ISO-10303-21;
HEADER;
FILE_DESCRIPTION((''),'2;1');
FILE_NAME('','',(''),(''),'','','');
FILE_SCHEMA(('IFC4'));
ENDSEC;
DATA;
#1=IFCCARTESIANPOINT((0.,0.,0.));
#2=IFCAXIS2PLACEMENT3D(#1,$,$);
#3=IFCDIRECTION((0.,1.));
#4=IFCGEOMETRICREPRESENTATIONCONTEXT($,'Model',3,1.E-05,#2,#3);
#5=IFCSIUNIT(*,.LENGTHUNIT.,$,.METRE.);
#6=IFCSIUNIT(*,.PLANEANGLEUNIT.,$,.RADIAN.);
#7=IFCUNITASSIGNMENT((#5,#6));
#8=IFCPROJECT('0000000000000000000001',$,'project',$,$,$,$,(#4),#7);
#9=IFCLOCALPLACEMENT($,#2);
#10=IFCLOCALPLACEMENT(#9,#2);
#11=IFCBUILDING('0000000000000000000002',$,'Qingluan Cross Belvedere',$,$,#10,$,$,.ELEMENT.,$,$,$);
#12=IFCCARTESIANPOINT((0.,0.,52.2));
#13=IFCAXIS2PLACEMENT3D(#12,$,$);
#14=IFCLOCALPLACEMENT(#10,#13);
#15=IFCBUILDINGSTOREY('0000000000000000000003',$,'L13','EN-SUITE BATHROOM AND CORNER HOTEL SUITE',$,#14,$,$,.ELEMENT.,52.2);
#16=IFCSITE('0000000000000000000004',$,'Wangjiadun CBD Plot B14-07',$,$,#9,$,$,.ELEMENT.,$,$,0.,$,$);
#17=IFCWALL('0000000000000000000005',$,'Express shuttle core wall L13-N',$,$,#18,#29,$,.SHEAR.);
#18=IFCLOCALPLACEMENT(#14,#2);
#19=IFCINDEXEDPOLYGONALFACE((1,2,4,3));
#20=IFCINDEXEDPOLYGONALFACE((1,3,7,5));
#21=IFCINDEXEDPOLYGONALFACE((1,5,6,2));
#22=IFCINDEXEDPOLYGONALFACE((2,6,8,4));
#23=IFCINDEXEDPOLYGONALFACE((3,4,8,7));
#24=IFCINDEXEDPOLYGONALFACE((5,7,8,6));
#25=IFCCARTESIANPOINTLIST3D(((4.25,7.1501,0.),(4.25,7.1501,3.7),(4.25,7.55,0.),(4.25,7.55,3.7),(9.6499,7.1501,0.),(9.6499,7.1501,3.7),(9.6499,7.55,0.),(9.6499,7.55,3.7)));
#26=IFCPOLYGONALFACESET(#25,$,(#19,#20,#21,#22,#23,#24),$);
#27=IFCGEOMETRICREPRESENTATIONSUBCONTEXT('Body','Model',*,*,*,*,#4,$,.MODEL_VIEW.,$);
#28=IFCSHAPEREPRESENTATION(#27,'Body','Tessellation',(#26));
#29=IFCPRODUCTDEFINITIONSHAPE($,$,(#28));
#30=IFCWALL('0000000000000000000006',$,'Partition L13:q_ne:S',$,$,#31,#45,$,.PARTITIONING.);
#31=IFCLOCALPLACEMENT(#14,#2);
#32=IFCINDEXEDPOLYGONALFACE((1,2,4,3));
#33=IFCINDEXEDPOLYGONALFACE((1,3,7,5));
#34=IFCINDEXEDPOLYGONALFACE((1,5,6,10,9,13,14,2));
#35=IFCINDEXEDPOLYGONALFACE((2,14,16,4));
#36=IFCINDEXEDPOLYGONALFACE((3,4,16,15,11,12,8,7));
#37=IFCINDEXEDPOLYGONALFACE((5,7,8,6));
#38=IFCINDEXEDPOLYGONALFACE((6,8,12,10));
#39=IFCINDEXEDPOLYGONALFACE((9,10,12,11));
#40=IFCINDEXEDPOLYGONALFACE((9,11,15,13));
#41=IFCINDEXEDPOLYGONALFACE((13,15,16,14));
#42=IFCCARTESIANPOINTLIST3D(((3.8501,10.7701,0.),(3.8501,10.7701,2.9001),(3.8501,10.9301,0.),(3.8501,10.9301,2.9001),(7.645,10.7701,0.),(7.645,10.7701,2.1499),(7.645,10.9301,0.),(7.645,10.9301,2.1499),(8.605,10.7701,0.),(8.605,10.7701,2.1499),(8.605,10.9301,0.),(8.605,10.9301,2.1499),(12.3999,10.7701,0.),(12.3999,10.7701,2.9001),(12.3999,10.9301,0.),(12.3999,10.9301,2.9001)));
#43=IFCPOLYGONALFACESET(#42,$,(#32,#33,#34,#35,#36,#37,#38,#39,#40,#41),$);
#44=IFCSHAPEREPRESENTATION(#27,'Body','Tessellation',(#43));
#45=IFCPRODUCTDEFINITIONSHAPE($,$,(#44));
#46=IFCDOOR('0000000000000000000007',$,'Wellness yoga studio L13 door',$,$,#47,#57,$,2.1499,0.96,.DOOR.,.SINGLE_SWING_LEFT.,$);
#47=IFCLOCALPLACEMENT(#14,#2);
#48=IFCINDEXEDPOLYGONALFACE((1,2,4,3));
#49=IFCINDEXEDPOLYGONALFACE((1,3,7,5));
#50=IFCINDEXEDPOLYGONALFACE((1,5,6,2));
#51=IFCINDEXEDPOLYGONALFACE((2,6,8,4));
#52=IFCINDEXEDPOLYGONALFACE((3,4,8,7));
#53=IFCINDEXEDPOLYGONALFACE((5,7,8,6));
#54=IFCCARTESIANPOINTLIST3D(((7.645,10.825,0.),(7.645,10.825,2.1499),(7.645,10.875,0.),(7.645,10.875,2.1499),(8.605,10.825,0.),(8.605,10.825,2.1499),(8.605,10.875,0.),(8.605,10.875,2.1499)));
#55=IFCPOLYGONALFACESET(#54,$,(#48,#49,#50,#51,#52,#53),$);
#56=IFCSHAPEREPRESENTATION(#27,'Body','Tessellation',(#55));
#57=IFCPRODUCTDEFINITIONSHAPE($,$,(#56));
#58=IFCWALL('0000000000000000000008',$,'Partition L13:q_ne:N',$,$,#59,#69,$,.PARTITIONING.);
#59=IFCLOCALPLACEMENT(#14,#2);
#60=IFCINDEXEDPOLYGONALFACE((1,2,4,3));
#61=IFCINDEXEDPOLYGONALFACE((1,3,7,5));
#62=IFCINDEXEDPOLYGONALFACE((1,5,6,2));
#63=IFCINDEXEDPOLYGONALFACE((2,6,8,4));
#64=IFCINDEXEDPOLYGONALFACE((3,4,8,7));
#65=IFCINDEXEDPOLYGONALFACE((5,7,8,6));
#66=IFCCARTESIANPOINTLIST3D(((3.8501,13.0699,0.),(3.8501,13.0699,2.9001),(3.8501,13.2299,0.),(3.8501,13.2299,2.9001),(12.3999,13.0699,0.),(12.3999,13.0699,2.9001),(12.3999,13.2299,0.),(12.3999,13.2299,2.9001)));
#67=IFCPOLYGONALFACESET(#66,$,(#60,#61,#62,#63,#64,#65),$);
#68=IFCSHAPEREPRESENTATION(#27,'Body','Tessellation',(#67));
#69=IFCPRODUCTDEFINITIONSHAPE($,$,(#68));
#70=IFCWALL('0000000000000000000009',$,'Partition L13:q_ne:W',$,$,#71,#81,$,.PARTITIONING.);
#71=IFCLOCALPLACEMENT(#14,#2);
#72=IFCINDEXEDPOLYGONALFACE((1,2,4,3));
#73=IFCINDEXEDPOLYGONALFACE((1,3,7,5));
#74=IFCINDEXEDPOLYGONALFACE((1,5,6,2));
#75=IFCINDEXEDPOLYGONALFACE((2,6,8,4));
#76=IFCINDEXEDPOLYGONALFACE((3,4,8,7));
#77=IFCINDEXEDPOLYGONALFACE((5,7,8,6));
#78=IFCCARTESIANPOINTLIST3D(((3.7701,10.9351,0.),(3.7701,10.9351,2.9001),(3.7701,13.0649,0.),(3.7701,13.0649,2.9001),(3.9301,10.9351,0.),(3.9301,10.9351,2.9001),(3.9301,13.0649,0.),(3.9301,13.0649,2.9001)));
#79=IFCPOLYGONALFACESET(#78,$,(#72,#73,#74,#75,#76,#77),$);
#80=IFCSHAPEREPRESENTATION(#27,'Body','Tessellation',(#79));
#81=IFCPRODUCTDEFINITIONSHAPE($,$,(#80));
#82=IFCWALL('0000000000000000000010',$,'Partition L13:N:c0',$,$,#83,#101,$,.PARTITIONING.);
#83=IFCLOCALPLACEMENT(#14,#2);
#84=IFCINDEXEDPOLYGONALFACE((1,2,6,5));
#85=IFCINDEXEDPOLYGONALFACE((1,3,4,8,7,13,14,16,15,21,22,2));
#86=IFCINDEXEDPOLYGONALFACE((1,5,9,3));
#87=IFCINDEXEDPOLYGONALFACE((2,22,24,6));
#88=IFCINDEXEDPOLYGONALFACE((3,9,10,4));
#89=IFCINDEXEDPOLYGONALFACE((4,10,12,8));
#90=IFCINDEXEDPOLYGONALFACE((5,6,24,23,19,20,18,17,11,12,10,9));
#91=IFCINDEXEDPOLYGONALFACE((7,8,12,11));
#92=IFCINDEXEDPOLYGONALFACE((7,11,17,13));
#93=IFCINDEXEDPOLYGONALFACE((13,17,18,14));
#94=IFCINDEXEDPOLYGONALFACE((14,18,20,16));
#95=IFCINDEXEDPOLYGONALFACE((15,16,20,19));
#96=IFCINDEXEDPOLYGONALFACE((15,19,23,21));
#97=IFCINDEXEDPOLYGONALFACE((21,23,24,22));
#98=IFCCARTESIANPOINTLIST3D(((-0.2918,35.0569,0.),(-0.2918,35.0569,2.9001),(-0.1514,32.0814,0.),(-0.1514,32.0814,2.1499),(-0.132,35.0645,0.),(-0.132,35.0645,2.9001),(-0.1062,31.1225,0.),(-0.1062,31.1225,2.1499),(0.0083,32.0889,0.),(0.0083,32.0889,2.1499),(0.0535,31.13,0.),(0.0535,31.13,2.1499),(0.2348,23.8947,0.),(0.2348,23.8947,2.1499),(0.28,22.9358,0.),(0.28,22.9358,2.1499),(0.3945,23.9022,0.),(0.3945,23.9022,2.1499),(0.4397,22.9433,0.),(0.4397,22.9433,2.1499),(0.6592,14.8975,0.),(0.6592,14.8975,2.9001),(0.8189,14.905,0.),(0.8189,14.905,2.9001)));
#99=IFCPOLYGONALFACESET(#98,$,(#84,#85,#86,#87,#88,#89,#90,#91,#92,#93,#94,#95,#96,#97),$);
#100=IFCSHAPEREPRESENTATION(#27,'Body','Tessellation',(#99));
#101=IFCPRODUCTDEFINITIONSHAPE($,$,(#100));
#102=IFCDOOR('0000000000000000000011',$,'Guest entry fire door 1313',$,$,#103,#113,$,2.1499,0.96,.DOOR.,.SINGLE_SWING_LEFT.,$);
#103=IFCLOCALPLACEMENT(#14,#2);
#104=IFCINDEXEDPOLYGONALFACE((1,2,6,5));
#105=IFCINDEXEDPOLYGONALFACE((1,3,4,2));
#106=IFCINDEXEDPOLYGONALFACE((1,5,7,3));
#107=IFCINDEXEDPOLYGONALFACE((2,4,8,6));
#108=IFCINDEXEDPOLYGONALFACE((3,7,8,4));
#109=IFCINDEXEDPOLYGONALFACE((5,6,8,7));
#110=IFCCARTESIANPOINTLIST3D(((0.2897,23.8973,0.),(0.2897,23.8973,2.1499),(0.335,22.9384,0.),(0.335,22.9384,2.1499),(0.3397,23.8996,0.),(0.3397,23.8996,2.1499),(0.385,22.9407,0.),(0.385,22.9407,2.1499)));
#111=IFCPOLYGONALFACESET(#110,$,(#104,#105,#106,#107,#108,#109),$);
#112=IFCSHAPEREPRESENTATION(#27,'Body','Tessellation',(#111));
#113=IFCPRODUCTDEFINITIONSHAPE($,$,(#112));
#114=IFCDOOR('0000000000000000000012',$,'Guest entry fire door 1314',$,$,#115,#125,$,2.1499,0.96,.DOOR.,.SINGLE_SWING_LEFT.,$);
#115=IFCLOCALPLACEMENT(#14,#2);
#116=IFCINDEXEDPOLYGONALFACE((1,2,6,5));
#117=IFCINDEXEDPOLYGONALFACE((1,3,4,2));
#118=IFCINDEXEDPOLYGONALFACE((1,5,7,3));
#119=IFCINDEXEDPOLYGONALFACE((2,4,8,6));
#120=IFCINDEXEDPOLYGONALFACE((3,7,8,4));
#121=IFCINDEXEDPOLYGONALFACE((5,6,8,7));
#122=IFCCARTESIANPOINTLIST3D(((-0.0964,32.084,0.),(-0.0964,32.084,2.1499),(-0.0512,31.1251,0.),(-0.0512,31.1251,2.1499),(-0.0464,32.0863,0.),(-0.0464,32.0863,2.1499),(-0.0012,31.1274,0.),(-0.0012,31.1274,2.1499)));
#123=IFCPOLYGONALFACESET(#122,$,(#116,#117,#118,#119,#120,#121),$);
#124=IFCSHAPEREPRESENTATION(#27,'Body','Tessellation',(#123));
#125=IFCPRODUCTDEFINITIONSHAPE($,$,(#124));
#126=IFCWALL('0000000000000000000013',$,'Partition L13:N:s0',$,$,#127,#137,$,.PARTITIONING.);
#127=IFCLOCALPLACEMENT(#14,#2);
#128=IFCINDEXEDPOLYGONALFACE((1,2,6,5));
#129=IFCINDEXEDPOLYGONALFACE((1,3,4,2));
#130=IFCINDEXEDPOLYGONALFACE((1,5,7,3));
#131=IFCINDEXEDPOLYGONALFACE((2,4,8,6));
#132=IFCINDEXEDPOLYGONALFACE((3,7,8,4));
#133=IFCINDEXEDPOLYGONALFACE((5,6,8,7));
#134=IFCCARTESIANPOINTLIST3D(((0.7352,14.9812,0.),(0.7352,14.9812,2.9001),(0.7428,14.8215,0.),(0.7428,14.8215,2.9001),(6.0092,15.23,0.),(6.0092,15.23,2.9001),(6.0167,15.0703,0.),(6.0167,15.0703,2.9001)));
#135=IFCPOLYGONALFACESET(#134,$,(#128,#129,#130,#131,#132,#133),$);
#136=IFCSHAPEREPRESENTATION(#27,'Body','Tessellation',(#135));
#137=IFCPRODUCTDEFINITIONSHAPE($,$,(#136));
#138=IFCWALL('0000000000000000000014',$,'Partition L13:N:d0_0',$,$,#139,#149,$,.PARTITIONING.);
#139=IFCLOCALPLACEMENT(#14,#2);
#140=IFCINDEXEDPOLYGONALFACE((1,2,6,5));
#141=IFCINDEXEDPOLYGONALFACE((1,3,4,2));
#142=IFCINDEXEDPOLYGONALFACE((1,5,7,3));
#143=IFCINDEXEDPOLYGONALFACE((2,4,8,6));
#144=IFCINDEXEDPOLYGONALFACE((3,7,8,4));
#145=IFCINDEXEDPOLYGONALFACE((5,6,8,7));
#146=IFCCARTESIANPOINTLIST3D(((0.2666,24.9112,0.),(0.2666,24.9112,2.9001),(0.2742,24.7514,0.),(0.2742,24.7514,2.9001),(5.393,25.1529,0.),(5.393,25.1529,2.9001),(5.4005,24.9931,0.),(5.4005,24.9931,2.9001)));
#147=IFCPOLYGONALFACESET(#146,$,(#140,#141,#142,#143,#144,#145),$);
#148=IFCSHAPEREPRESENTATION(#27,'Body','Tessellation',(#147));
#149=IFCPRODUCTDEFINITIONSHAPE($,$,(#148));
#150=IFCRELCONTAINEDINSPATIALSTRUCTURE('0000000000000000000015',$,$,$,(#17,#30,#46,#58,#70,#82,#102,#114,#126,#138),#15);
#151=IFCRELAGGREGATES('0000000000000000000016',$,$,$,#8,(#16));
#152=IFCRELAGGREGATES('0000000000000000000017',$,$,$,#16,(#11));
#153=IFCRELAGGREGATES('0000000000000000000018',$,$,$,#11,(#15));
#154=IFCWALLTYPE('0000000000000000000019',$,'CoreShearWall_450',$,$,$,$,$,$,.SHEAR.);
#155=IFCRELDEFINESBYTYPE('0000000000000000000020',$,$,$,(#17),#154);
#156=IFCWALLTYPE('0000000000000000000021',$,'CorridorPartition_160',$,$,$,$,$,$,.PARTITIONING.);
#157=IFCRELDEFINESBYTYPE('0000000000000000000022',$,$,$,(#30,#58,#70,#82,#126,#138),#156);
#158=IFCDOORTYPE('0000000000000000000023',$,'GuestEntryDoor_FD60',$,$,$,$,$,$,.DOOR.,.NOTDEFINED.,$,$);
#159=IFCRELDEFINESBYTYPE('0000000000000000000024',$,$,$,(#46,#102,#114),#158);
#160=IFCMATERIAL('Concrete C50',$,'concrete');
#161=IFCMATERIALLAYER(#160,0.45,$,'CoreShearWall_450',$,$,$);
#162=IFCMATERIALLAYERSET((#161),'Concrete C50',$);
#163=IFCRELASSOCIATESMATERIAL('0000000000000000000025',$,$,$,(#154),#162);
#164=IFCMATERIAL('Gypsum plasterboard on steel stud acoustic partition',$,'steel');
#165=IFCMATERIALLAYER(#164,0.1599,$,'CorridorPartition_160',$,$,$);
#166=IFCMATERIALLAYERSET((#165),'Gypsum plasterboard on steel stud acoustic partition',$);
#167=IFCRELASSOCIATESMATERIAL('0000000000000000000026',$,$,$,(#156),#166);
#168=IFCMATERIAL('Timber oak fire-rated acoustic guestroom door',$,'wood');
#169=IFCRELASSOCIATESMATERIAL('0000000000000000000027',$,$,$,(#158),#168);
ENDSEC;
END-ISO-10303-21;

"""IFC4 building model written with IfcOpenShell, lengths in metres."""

from ifc_helpers import new_model, si_unit, direction, frame, frame_2d, origin, place, context, subcontext, project, spatial, rectangle, extrude, material, layer, layer_set, type_object, element, fill, save


model = new_model("IFC4")

# Units and contexts
model_context = context("Model", 3, precision=1e-05, world=origin(), true_north=direction((0.0, 1.0)))
body_context = subcontext(model_context, "Body", "Model", "MODEL_VIEW")
ifc_project = project(units=[si_unit("LENGTHUNIT", "METRE"), si_unit("PLANEANGLEUNIT", "RADIAN")], contexts=[model_context])

# Site, building, storey
site_placement = place(None, origin())
site = spatial("IfcSite", under=ifc_project, at=site_placement, Name="Wangjiadun CBD Plot B14-07", CompositionType="ELEMENT", RefElevation=0.0)
building_placement = place(site_placement, origin())
building = spatial("IfcBuilding", under=site, at=building_placement, Name="Qingluan Cross Belvedere", CompositionType="ELEMENT")
storey_placement = place(building_placement, frame((0.0, 0.0, 52.2)))
storey = spatial("IfcBuildingStorey", under=building, at=storey_placement, Name="L13", Description="EN-SUITE BATHROOM AND CORNER HOTEL SUITE", CompositionType="ELEMENT", Elevation=52.2)

# Wall
ifc_material_1 = material(Name="Concrete C50", Category="concrete")
ifc_layer_1 = layer(ifc_material_1, 0.45, Name="CoreShearWall_450")
ifc_layer_set_1 = layer_set([ifc_layer_1], Name="Concrete C50")
wall_type_1 = type_object("IfcWallType", Name="CoreShearWall_450", PredefinedType="SHEAR", material=ifc_layer_set_1)
wall_1_placement = place(storey_placement, frame((4.25, 7.3501, 0.0), z_axis=(0.0, 0.0, 1.0), x_axis=(1.0, 0.0, 0.0)))
element("IfcWall", 1, at=wall_1_placement, inside=storey, type_object=wall_type_1, Name="Express shuttle core wall L13-N", PredefinedType="SHEAR", context=body_context, shape_type="SweptSolid", body=[
    extrude(rectangle(XDim=5.3999, YDim=0.3999, at=frame_2d((2.7, 0.0))), origin(), (0.0, 0.0, 1.0), 3.7),
])

# Wall, opening, door
ifc_material_2 = material(Name="Gypsum plasterboard on steel stud acoustic partition", Category="steel")
ifc_layer_2 = layer(ifc_material_2, 0.1599, Name="CorridorPartition_160")
ifc_layer_set_2 = layer_set([ifc_layer_2], Name="Gypsum plasterboard on steel stud acoustic partition")
wall_type_2 = type_object("IfcWallType", Name="CorridorPartition_160", PredefinedType="PARTITIONING", material=ifc_layer_set_2)
wall_2_placement = place(storey_placement, frame((3.8501, 10.8501, 0.0), z_axis=(0.0, 0.0, 1.0), x_axis=(1.0, 0.0, 0.0)))
wall_2 = element("IfcWall", 2, at=wall_2_placement, inside=storey, type_object=wall_type_2, Name="Partition L13:q_ne:S", PredefinedType="PARTITIONING", context=body_context, shape_type="SweptSolid", body=[
    extrude(rectangle(XDim=8.5498, YDim=0.1599, at=frame_2d((4.2749, 0.0))), origin(), (0.0, 0.0, 1.0), 2.9001),
])
opening_1_placement = place(wall_2_placement, frame((3.7949, 0.0, 0.0)))
opening_1 = element("IfcOpeningElement", 3, at=opening_1_placement, cuts=wall_2, PredefinedType="OPENING", context=body_context, shape_type="SweptSolid", body=[
    extrude(rectangle(XDim=0.96, YDim=2.1499, at=frame_2d((0.48, 1.075))), frame((0.0, 0.0898, 0.0), z_axis=(0.0, -1.0, 0.0), x_axis=(1.0, 0.0, 0.0)), (0.0, 0.0, 1.0), 0.1799),
])
ifc_material_3 = material(Name="Timber oak fire-rated acoustic guestroom door", Category="wood")
door_type_1 = type_object("IfcDoorType", Name="GuestEntryDoor_FD60", OperationType="NOTDEFINED", PredefinedType="DOOR", material=ifc_material_3)
door_1_placement = place(opening_1_placement, origin())
door_1 = element("IfcDoor", 4, at=door_1_placement, inside=storey, type_object=door_type_1, Name="Wellness yoga studio L13 door", OperationType="SINGLE_SWING_LEFT", OverallHeight=2.1499, OverallWidth=0.96, PredefinedType="DOOR", context=body_context, shape_type="SweptSolid", body=[
    extrude(rectangle(XDim=0.96, YDim=2.1499, at=frame_2d((0.48, 1.075))), frame((0.0, 0.0249, 0.0), z_axis=(0.0, -1.0, 0.0), x_axis=(1.0, 0.0, 0.0)), (0.0, 0.0, 1.0), 0.05),
])
fill(opening_1, door_1)

# Walls
wall_3_placement = place(storey_placement, frame((3.8501, 13.1499, 0.0), z_axis=(0.0, 0.0, 1.0), x_axis=(1.0, 0.0, 0.0)))
element("IfcWall", 5, at=wall_3_placement, inside=storey, type_object=wall_type_2, Name="Partition L13:q_ne:N", PredefinedType="PARTITIONING", context=body_context, shape_type="SweptSolid", body=[
    extrude(rectangle(XDim=8.5498, YDim=0.1599, at=frame_2d((4.2749, 0.0))), origin(), (0.0, 0.0, 1.0), 2.9001),
])
wall_4_placement = place(storey_placement, frame((3.8501, 10.9351, 0.0), z_axis=(0.0, 0.0, 1.0), x_axis=(0.0, 1.0, 0.0)))
element("IfcWall", 6, at=wall_4_placement, inside=storey, type_object=wall_type_2, Name="Partition L13:q_ne:W", PredefinedType="PARTITIONING", context=body_context, shape_type="SweptSolid", body=[
    extrude(rectangle(XDim=2.1299, YDim=0.1599, at=frame_2d((1.0649, 0.0))), origin(), (0.0, 0.0, 1.0), 2.9001),
])

# Wall, openings, doors
wall_5_placement = place(storey_placement, frame((0.739, 14.9014, 0.0), z_axis=(0.0, 0.0, 1.0), x_axis=(-0.047118, 0.998889, 0.0)))
wall_5 = element("IfcWall", 7, at=wall_5_placement, inside=storey, type_object=wall_type_2, Name="Partition L13:N:c0", PredefinedType="PARTITIONING", context=body_context, shape_type="SweptSolid", body=[
    extrude(rectangle(XDim=20.1819, YDim=0.1599, at=frame_2d((10.0908, 0.0))), origin(), (0.0, 0.0, 1.0), 2.9001),
])
opening_2_placement = place(wall_5_placement, frame((8.0471, 0.0, 0.0)))
opening_2 = element("IfcOpeningElement", 8, at=opening_2_placement, cuts=wall_5, PredefinedType="OPENING", context=body_context, shape_type="SweptSolid", body=[
    extrude(rectangle(XDim=0.96, YDim=2.1499, at=frame_2d((0.48, 1.075))), frame((0.0, 0.0898, 0.0), z_axis=(0.0, -1.0, 0.0), x_axis=(1.0, 0.0, 0.0)), (0.0, 0.0, 1.0), 0.1799),
])
opening_3_placement = place(wall_5_placement, frame((16.2429, 0.0, 0.0)))
opening_3 = element("IfcOpeningElement", 9, at=opening_3_placement, cuts=wall_5, PredefinedType="OPENING", context=body_context, shape_type="SweptSolid", body=[
    extrude(rectangle(XDim=0.96, YDim=2.1499, at=frame_2d((0.48, 1.075))), frame((0.0, 0.0898, 0.0), z_axis=(0.0, -1.0, 0.0), x_axis=(1.0, 0.0, 0.0)), (0.0, 0.0, 1.0), 0.1799),
])
door_2_placement = place(opening_2_placement, origin())
door_2 = element("IfcDoor", 10, at=door_2_placement, inside=storey, type_object=door_type_1, Name="Guest entry fire door 1313", OperationType="SINGLE_SWING_LEFT", OverallHeight=2.1499, OverallWidth=0.96, PredefinedType="DOOR", context=body_context, shape_type="SweptSolid", body=[
    extrude(rectangle(XDim=0.96, YDim=2.1499, at=frame_2d((0.48, 1.075))), frame((0.0, 0.0249, 0.0), z_axis=(0.0, -1.0, 0.0), x_axis=(1.0, 0.0, 0.0)), (0.0, 0.0, 1.0), 0.05),
])
fill(opening_2, door_2)
door_3_placement = place(opening_3_placement, origin())
door_3 = element("IfcDoor", 11, at=door_3_placement, inside=storey, type_object=door_type_1, Name="Guest entry fire door 1314", OperationType="SINGLE_SWING_LEFT", OverallHeight=2.1499, OverallWidth=0.96, PredefinedType="DOOR", context=body_context, shape_type="SweptSolid", body=[
    extrude(rectangle(XDim=0.96, YDim=2.1499, at=frame_2d((0.48, 1.075))), frame((0.0, 0.0249, 0.0), z_axis=(0.0, -1.0, 0.0), x_axis=(1.0, 0.0, 0.0)), (0.0, 0.0, 1.0), 0.05),
])
fill(opening_3, door_3)

# Walls
wall_6_placement = place(storey_placement, frame((0.739, 14.9014, 0.0), z_axis=(0.0, 0.0, 1.0), x_axis=(0.998889, 0.047119, 0.0)))
element("IfcWall", 12, at=wall_6_placement, inside=storey, type_object=wall_type_2, Name="Partition L13:N:s0", PredefinedType="PARTITIONING", context=body_context, shape_type="SweptSolid", body=[
    extrude(rectangle(XDim=5.2798, YDim=0.1599, at=frame_2d((2.6399, 0.0))), origin(), (0.0, 0.0, 1.0), 2.9001),
])
wall_7_placement = place(storey_placement, frame((0.2705, 24.8313, 0.0), z_axis=(0.0, 0.0, 1.0), x_axis=(0.99889, 0.047095, 0.0)))
element("IfcWall", 13, at=wall_7_placement, inside=storey, type_object=wall_type_2, Name="Partition L13:N:d0_0", PredefinedType="PARTITIONING", context=body_context, shape_type="SweptSolid", body=[
    extrude(rectangle(XDim=5.1321, YDim=0.1599, at=frame_2d((2.5659, 0.0))), origin(), (0.0, 0.0, 1.0), 2.9001),
])

save(model, "model.ifc")
